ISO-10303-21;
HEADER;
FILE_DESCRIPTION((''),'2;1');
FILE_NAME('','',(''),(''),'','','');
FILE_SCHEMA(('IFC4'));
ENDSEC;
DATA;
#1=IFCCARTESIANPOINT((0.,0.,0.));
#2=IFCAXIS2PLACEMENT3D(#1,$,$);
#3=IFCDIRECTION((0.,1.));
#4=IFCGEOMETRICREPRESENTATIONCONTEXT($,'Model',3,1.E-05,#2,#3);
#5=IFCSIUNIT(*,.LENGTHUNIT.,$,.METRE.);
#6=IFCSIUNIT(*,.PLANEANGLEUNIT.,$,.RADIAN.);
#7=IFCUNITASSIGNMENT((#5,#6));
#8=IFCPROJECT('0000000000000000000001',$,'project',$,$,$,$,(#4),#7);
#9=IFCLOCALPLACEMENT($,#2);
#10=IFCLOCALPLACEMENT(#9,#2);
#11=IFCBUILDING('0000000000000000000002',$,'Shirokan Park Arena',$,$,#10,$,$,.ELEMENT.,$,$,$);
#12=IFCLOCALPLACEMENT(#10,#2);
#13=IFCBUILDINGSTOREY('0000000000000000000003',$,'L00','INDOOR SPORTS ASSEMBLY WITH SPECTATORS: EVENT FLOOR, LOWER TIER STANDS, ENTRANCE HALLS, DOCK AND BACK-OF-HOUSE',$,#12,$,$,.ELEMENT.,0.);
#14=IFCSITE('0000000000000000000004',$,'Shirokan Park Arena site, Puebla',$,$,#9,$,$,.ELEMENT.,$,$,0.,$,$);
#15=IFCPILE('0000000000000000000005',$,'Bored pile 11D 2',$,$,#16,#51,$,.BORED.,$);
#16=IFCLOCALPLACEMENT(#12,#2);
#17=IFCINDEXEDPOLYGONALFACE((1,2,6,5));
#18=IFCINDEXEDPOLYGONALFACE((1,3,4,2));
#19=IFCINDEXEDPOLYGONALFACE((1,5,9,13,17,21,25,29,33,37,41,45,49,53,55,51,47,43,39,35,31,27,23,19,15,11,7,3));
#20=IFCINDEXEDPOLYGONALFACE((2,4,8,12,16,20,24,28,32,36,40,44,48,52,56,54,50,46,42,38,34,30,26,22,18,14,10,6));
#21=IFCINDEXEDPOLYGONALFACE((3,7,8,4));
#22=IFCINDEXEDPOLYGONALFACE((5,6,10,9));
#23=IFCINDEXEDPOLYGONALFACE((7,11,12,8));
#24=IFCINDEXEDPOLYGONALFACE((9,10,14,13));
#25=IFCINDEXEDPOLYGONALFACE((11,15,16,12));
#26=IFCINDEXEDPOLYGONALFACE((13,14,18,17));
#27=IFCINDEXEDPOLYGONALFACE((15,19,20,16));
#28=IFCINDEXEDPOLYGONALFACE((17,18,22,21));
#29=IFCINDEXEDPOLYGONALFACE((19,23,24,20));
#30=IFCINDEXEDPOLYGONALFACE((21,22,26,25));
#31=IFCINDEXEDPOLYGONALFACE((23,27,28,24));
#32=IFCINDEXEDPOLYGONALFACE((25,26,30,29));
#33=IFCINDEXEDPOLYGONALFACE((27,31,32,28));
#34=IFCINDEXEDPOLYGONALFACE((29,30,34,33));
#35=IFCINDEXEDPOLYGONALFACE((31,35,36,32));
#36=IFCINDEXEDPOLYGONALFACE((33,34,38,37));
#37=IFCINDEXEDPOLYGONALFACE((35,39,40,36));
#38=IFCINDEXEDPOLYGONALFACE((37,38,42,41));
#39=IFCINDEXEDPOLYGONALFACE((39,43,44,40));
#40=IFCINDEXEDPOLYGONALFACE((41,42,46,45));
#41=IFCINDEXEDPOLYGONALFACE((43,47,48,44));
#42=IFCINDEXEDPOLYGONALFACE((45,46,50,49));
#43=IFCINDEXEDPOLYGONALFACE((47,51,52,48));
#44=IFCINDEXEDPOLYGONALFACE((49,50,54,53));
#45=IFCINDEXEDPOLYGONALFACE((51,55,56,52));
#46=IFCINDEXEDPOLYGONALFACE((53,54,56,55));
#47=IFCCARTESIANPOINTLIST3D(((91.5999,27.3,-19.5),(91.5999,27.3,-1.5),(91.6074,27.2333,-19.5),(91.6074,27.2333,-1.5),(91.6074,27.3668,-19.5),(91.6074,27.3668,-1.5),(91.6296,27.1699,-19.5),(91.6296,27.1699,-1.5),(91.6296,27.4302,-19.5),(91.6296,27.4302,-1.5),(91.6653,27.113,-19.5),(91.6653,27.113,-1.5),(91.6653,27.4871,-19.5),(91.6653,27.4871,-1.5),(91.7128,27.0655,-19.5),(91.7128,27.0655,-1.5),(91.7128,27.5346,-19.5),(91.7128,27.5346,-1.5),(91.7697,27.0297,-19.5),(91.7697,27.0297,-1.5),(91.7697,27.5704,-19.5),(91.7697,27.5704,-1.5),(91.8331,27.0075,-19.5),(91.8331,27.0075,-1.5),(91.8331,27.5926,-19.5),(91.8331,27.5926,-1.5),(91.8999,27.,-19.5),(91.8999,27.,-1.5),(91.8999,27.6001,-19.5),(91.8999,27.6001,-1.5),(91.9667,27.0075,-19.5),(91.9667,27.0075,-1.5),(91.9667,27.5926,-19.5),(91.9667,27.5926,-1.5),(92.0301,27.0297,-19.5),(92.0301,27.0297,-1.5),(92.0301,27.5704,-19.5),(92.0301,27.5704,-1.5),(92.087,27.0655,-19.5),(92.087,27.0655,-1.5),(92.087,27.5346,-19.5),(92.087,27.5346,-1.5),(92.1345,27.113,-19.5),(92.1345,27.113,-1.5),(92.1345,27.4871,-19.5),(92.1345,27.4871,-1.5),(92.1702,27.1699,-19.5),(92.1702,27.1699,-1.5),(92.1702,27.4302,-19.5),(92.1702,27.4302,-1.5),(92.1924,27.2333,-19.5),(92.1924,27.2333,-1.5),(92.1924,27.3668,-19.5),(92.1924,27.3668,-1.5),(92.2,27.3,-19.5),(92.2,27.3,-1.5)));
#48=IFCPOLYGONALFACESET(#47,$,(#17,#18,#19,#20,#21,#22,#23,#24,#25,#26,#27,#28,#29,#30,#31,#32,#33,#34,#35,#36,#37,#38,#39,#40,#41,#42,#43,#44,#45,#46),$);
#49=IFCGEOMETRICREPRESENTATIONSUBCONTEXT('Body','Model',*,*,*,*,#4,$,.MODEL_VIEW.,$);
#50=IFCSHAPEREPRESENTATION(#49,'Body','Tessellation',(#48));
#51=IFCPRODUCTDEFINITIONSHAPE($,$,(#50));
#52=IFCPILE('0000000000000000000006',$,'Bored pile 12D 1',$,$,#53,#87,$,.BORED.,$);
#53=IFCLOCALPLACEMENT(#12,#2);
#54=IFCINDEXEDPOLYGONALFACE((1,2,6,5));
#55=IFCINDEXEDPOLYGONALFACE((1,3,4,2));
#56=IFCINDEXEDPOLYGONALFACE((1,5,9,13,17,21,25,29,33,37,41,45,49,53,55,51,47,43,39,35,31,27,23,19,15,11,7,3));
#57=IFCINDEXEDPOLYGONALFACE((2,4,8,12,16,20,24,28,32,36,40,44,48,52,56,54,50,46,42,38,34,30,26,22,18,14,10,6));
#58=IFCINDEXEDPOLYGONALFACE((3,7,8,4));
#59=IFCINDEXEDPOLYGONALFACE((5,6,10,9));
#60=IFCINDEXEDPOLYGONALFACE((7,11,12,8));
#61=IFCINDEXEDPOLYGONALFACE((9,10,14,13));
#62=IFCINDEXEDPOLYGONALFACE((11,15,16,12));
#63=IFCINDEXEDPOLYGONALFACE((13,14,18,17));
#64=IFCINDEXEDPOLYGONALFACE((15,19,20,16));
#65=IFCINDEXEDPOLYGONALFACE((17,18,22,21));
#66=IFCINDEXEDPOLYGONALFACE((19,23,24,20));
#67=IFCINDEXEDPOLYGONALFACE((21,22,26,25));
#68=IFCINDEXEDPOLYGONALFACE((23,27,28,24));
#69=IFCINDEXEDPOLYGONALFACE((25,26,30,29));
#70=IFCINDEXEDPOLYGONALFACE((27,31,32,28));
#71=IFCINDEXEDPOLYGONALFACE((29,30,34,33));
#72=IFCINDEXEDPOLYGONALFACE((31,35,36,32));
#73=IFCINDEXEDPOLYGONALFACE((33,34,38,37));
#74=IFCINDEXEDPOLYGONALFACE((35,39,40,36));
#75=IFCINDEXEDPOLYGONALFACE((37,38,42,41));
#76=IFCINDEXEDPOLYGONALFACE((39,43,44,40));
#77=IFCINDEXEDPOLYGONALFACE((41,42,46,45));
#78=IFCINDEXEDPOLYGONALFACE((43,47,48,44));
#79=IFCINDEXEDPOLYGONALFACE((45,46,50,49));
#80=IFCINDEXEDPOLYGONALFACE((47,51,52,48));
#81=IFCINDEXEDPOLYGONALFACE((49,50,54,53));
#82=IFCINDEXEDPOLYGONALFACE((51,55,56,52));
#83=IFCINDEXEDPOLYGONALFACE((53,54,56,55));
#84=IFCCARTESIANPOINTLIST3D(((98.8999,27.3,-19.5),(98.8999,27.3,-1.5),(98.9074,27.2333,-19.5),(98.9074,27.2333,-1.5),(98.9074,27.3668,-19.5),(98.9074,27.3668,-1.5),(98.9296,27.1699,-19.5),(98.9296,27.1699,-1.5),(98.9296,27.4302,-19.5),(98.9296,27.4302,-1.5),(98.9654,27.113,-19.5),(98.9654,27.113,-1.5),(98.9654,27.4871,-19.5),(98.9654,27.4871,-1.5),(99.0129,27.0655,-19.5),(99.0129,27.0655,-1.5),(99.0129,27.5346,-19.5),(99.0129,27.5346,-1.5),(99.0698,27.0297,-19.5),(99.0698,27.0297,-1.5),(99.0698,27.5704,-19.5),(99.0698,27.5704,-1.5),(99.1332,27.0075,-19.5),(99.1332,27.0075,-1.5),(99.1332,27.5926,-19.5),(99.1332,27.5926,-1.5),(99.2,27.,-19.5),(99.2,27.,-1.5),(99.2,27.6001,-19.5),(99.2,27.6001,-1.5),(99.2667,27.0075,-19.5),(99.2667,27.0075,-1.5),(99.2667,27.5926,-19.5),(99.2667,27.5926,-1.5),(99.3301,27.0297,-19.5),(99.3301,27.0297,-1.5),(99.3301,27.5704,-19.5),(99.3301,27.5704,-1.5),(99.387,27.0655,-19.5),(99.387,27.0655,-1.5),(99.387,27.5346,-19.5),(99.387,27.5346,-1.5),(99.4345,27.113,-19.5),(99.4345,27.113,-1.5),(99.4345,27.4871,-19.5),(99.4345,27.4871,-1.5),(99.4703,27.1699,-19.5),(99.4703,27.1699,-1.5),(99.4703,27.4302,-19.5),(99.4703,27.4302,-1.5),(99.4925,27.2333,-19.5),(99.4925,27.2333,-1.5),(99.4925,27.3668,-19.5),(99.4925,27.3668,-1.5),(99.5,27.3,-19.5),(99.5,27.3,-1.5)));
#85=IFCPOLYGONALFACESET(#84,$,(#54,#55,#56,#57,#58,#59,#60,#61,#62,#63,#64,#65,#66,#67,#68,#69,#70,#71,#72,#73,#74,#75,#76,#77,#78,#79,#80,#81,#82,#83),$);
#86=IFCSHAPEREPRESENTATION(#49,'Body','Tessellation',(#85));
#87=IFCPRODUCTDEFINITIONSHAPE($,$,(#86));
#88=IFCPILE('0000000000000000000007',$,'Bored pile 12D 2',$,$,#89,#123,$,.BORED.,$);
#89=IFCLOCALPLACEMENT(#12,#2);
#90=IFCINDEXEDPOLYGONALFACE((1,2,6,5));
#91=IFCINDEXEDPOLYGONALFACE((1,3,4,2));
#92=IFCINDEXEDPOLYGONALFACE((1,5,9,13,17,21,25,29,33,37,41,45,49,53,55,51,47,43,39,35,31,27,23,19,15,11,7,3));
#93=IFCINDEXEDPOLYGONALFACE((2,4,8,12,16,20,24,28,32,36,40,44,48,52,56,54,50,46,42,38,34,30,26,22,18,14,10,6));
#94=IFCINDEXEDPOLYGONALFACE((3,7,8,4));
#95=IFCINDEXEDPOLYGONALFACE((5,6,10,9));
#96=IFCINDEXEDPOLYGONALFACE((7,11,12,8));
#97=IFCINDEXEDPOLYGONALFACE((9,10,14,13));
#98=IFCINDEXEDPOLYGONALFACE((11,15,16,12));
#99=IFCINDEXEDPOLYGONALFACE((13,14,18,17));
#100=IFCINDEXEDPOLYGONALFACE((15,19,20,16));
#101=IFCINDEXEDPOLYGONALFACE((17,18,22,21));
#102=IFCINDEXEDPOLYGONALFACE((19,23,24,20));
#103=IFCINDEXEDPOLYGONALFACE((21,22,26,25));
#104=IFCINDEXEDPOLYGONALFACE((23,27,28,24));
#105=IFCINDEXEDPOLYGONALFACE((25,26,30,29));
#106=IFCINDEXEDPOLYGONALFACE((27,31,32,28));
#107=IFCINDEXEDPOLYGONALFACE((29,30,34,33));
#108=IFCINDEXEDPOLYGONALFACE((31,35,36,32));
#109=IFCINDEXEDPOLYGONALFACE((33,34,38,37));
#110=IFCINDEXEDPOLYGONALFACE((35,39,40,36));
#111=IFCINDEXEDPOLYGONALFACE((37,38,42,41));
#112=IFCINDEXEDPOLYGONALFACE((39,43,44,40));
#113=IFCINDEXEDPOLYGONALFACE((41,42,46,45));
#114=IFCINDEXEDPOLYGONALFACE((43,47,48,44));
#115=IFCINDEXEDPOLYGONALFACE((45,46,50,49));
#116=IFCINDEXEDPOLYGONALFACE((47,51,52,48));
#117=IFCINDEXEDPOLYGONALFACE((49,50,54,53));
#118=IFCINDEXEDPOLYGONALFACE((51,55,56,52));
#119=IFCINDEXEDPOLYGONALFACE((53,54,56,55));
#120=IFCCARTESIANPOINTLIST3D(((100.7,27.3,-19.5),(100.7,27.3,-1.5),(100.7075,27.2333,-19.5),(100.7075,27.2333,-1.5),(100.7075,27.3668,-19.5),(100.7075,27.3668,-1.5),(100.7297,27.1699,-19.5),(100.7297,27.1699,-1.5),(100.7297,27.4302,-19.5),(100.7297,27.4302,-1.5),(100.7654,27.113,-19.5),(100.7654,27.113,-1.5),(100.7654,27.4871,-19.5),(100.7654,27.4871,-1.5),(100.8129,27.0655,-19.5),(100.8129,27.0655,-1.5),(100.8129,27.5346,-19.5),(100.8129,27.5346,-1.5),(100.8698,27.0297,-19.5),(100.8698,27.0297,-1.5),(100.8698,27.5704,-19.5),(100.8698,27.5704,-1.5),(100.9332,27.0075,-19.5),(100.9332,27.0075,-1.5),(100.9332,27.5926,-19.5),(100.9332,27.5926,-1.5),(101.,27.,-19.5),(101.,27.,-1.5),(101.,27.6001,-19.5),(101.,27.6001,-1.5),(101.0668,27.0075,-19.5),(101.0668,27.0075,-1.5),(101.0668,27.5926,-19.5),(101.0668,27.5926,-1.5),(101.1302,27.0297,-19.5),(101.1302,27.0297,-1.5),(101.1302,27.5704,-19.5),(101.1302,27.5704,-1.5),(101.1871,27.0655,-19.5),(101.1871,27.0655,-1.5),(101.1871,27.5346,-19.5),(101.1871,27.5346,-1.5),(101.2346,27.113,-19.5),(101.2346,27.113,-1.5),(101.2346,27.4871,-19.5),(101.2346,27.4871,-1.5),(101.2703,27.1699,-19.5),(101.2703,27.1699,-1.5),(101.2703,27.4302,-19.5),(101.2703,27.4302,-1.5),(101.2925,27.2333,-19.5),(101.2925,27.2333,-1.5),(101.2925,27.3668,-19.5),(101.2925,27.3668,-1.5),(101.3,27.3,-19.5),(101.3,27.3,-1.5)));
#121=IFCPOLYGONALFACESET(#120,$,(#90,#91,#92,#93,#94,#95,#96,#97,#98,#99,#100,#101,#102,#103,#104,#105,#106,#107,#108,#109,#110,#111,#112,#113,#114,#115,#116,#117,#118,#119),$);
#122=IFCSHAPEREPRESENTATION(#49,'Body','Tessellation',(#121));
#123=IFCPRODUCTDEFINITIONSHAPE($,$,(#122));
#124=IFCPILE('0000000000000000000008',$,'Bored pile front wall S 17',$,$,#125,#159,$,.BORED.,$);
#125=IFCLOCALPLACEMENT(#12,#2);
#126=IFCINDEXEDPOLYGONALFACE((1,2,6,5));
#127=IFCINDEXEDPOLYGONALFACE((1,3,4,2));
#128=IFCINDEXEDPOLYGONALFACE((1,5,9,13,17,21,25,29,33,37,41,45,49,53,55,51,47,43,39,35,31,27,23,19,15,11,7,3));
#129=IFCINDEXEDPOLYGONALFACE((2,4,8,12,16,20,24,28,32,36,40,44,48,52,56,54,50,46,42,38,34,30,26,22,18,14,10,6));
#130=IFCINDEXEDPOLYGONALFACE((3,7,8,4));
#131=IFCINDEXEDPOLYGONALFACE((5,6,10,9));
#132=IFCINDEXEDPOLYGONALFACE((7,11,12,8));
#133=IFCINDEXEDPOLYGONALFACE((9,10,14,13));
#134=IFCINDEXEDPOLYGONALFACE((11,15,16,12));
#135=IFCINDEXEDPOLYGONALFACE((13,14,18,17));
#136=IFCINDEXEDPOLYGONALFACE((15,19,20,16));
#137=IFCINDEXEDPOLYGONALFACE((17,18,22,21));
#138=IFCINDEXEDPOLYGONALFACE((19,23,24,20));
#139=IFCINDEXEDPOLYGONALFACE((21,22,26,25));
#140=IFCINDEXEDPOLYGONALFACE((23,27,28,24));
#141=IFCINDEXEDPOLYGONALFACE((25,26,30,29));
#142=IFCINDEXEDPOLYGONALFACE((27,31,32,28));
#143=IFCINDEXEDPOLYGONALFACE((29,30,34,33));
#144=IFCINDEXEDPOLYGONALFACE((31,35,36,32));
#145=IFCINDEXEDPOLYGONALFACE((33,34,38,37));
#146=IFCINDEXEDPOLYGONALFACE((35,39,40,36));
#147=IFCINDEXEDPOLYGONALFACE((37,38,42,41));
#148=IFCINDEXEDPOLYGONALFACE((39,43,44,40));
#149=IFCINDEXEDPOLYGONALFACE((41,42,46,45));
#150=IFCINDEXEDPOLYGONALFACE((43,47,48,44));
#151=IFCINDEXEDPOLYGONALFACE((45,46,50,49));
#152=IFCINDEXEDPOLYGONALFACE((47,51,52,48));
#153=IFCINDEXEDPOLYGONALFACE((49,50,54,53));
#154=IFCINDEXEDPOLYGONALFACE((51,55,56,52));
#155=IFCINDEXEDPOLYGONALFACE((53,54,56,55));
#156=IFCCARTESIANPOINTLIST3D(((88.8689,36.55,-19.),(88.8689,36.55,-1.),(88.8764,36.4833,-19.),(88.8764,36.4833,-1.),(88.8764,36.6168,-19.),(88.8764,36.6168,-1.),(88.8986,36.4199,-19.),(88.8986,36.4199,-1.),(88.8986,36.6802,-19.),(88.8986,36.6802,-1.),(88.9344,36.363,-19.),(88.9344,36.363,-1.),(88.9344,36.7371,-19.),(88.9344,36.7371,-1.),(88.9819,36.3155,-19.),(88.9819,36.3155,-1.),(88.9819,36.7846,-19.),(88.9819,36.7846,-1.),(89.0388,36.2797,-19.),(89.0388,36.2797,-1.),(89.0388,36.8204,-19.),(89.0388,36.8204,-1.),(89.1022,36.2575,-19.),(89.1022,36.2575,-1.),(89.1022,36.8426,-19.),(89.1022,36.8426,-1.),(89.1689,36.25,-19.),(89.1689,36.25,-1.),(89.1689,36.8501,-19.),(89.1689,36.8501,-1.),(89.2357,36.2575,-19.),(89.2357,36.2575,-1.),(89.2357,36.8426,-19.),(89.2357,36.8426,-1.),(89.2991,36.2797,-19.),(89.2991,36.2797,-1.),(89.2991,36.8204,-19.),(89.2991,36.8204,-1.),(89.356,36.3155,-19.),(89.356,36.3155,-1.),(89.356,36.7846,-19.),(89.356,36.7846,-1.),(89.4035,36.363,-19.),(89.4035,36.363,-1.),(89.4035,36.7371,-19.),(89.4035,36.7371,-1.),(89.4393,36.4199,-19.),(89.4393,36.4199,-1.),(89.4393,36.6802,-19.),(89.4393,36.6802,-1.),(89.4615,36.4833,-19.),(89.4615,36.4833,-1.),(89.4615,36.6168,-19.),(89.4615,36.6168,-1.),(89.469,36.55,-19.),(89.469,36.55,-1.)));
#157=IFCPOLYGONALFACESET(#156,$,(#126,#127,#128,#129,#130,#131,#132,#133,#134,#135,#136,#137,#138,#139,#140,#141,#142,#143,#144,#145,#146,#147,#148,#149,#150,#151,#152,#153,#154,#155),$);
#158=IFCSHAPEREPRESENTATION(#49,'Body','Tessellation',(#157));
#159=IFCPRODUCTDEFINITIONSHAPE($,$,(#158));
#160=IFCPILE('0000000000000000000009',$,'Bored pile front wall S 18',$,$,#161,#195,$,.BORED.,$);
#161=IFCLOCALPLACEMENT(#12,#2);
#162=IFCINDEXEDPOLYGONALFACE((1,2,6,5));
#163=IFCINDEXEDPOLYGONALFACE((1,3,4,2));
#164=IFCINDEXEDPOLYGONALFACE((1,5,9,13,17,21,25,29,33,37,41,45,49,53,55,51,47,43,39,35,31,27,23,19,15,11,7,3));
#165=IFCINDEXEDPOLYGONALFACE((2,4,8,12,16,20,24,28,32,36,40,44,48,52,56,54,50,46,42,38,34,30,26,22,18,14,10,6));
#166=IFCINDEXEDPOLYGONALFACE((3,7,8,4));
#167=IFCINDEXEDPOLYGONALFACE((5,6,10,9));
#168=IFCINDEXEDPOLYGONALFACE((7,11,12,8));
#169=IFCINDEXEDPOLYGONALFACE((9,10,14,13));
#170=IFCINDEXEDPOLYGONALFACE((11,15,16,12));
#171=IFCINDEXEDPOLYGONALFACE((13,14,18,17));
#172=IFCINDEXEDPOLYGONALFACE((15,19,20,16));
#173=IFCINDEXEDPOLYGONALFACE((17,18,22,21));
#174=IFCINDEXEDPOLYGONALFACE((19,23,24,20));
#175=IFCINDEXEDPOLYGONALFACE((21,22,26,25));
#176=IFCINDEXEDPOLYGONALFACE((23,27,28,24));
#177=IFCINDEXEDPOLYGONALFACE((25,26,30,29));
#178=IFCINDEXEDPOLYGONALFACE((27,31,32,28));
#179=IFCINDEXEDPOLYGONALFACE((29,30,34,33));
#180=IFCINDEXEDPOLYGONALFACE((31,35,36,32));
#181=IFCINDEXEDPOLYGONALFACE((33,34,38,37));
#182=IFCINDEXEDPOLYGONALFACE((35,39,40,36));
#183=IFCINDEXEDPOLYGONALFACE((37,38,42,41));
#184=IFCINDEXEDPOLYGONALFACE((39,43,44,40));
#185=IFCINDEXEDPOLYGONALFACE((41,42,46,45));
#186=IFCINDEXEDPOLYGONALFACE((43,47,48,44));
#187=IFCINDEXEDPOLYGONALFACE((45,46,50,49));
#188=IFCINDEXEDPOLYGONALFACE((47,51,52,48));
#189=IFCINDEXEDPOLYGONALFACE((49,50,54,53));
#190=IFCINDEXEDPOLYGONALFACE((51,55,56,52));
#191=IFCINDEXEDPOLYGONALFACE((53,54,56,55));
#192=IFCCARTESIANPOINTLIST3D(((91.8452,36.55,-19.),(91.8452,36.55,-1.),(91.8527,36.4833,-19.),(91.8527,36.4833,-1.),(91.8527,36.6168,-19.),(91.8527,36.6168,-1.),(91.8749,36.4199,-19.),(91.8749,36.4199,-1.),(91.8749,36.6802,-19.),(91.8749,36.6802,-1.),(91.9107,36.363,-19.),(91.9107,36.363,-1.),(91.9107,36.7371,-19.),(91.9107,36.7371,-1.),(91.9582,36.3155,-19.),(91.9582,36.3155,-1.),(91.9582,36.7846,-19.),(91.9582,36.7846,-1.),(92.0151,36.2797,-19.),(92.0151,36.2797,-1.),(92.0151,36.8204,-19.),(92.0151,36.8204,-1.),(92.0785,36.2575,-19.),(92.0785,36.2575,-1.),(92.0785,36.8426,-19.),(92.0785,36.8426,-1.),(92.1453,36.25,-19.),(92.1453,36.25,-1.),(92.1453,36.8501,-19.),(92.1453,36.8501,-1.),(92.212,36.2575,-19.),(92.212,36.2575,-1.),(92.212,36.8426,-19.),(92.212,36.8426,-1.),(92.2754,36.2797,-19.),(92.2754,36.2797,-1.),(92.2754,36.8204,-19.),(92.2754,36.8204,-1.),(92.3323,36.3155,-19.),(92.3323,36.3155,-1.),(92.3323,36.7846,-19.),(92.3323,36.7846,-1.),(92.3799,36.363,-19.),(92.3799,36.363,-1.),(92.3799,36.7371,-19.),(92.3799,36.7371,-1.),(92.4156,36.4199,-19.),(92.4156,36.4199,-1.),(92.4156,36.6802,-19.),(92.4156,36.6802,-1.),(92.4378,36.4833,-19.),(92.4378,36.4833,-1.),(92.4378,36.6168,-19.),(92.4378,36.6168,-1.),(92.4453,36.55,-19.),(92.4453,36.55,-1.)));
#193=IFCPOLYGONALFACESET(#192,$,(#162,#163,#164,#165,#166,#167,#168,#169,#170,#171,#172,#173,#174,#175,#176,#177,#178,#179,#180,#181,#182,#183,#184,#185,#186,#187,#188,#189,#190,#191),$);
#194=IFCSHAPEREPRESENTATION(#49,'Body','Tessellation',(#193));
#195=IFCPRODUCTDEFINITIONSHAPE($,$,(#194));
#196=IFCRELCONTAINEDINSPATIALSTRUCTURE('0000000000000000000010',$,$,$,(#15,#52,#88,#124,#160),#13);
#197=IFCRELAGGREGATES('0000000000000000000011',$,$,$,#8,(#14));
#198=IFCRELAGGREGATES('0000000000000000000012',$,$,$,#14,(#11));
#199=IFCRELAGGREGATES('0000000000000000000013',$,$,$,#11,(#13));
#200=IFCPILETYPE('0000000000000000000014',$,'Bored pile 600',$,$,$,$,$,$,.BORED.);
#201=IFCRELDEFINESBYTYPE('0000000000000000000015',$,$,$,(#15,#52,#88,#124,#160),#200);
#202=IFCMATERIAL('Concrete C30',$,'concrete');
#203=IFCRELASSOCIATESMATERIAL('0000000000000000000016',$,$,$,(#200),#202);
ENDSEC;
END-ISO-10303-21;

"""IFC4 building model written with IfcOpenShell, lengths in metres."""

from ifc_helpers import new_model, si_unit, direction, frame, origin, origin_2d, place, context, subcontext, project, spatial, circle, extrude, material, material_profile, profile_set, type_object, element, save


model = new_model("IFC4")

# Units and contexts
model_context = context("Model", 3, precision=1e-05, world=origin(), true_north=direction((0.0, 1.0)))
body_context = subcontext(model_context, "Body", "Model", "MODEL_VIEW")
ifc_project = project(units=[si_unit("LENGTHUNIT", "METRE"), si_unit("PLANEANGLEUNIT", "RADIAN")], contexts=[model_context])

# Site, building, storey
site_placement = place(None, origin())
site = spatial("IfcSite", under=ifc_project, at=site_placement, Name="Shirokan Park Arena site, Puebla", CompositionType="ELEMENT", RefElevation=0.0)
building_placement = place(site_placement, origin())
building = spatial("IfcBuilding", under=site, at=building_placement, Name="Shirokan Park Arena", CompositionType="ELEMENT")
storey_placement = place(building_placement, origin())
storey = spatial("IfcBuildingStorey", under=building, at=storey_placement, Name="L00", Description="INDOOR SPORTS ASSEMBLY WITH SPECTATORS: EVENT FLOOR, LOWER TIER STANDS, ENTRANCE HALLS, DOCK AND BACK-OF-HOUSE", CompositionType="ELEMENT", Elevation=0.0)

# Piles
ifc_material_1 = material(Name="Concrete C30", Category="concrete")
ifc_material_profile_1 = material_profile(ifc_material_1, circle(Radius=0.3, at=origin_2d()), Name="D600")
ifc_profile_set_1 = profile_set([ifc_material_profile_1], Name="Concrete C30")
pile_type = type_object("IfcPileType", Name="Bored pile 600", PredefinedType="BORED", material=ifc_profile_set_1)
for number, where, z_axis, x_axis, name in (
    (1, (91.8999, 27.3, -1.5), (0.0, 0.0, -1.0), (1.0, 0.0, 0.0), "Bored pile 11D 2"),
    (2, (99.2, 27.3, -1.5), (0.0, 0.0, -1.0), (1.0, 0.0, 0.0), "Bored pile 12D 1"),
    (3, (101.0, 27.3, -1.5), (0.0, 0.0, -1.0), (1.0, 0.0, 0.0), "Bored pile 12D 2"),
    (4, (89.1689, 36.55, -1.0), (0.0, 0.0, -1.0), (1.0, 0.0, 0.0), "Bored pile front wall S 17"),
    (5, (92.1453, 36.55, -1.0), (0.0, 0.0, -1.0), (1.0, 0.0, 0.0), "Bored pile front wall S 18"),
):
    element("IfcPile", number, at=place(storey_placement, frame(where, z_axis=z_axis, x_axis=x_axis)), inside=storey, type_object=pile_type, Name=name, PredefinedType="BORED", context=body_context, shape_type="SweptSolid", body=[
        extrude(circle(Radius=0.3, at=origin_2d()), origin(), (0.0, 0.0, 1.0), 18.0),
    ])

save(model, "model.ifc")
